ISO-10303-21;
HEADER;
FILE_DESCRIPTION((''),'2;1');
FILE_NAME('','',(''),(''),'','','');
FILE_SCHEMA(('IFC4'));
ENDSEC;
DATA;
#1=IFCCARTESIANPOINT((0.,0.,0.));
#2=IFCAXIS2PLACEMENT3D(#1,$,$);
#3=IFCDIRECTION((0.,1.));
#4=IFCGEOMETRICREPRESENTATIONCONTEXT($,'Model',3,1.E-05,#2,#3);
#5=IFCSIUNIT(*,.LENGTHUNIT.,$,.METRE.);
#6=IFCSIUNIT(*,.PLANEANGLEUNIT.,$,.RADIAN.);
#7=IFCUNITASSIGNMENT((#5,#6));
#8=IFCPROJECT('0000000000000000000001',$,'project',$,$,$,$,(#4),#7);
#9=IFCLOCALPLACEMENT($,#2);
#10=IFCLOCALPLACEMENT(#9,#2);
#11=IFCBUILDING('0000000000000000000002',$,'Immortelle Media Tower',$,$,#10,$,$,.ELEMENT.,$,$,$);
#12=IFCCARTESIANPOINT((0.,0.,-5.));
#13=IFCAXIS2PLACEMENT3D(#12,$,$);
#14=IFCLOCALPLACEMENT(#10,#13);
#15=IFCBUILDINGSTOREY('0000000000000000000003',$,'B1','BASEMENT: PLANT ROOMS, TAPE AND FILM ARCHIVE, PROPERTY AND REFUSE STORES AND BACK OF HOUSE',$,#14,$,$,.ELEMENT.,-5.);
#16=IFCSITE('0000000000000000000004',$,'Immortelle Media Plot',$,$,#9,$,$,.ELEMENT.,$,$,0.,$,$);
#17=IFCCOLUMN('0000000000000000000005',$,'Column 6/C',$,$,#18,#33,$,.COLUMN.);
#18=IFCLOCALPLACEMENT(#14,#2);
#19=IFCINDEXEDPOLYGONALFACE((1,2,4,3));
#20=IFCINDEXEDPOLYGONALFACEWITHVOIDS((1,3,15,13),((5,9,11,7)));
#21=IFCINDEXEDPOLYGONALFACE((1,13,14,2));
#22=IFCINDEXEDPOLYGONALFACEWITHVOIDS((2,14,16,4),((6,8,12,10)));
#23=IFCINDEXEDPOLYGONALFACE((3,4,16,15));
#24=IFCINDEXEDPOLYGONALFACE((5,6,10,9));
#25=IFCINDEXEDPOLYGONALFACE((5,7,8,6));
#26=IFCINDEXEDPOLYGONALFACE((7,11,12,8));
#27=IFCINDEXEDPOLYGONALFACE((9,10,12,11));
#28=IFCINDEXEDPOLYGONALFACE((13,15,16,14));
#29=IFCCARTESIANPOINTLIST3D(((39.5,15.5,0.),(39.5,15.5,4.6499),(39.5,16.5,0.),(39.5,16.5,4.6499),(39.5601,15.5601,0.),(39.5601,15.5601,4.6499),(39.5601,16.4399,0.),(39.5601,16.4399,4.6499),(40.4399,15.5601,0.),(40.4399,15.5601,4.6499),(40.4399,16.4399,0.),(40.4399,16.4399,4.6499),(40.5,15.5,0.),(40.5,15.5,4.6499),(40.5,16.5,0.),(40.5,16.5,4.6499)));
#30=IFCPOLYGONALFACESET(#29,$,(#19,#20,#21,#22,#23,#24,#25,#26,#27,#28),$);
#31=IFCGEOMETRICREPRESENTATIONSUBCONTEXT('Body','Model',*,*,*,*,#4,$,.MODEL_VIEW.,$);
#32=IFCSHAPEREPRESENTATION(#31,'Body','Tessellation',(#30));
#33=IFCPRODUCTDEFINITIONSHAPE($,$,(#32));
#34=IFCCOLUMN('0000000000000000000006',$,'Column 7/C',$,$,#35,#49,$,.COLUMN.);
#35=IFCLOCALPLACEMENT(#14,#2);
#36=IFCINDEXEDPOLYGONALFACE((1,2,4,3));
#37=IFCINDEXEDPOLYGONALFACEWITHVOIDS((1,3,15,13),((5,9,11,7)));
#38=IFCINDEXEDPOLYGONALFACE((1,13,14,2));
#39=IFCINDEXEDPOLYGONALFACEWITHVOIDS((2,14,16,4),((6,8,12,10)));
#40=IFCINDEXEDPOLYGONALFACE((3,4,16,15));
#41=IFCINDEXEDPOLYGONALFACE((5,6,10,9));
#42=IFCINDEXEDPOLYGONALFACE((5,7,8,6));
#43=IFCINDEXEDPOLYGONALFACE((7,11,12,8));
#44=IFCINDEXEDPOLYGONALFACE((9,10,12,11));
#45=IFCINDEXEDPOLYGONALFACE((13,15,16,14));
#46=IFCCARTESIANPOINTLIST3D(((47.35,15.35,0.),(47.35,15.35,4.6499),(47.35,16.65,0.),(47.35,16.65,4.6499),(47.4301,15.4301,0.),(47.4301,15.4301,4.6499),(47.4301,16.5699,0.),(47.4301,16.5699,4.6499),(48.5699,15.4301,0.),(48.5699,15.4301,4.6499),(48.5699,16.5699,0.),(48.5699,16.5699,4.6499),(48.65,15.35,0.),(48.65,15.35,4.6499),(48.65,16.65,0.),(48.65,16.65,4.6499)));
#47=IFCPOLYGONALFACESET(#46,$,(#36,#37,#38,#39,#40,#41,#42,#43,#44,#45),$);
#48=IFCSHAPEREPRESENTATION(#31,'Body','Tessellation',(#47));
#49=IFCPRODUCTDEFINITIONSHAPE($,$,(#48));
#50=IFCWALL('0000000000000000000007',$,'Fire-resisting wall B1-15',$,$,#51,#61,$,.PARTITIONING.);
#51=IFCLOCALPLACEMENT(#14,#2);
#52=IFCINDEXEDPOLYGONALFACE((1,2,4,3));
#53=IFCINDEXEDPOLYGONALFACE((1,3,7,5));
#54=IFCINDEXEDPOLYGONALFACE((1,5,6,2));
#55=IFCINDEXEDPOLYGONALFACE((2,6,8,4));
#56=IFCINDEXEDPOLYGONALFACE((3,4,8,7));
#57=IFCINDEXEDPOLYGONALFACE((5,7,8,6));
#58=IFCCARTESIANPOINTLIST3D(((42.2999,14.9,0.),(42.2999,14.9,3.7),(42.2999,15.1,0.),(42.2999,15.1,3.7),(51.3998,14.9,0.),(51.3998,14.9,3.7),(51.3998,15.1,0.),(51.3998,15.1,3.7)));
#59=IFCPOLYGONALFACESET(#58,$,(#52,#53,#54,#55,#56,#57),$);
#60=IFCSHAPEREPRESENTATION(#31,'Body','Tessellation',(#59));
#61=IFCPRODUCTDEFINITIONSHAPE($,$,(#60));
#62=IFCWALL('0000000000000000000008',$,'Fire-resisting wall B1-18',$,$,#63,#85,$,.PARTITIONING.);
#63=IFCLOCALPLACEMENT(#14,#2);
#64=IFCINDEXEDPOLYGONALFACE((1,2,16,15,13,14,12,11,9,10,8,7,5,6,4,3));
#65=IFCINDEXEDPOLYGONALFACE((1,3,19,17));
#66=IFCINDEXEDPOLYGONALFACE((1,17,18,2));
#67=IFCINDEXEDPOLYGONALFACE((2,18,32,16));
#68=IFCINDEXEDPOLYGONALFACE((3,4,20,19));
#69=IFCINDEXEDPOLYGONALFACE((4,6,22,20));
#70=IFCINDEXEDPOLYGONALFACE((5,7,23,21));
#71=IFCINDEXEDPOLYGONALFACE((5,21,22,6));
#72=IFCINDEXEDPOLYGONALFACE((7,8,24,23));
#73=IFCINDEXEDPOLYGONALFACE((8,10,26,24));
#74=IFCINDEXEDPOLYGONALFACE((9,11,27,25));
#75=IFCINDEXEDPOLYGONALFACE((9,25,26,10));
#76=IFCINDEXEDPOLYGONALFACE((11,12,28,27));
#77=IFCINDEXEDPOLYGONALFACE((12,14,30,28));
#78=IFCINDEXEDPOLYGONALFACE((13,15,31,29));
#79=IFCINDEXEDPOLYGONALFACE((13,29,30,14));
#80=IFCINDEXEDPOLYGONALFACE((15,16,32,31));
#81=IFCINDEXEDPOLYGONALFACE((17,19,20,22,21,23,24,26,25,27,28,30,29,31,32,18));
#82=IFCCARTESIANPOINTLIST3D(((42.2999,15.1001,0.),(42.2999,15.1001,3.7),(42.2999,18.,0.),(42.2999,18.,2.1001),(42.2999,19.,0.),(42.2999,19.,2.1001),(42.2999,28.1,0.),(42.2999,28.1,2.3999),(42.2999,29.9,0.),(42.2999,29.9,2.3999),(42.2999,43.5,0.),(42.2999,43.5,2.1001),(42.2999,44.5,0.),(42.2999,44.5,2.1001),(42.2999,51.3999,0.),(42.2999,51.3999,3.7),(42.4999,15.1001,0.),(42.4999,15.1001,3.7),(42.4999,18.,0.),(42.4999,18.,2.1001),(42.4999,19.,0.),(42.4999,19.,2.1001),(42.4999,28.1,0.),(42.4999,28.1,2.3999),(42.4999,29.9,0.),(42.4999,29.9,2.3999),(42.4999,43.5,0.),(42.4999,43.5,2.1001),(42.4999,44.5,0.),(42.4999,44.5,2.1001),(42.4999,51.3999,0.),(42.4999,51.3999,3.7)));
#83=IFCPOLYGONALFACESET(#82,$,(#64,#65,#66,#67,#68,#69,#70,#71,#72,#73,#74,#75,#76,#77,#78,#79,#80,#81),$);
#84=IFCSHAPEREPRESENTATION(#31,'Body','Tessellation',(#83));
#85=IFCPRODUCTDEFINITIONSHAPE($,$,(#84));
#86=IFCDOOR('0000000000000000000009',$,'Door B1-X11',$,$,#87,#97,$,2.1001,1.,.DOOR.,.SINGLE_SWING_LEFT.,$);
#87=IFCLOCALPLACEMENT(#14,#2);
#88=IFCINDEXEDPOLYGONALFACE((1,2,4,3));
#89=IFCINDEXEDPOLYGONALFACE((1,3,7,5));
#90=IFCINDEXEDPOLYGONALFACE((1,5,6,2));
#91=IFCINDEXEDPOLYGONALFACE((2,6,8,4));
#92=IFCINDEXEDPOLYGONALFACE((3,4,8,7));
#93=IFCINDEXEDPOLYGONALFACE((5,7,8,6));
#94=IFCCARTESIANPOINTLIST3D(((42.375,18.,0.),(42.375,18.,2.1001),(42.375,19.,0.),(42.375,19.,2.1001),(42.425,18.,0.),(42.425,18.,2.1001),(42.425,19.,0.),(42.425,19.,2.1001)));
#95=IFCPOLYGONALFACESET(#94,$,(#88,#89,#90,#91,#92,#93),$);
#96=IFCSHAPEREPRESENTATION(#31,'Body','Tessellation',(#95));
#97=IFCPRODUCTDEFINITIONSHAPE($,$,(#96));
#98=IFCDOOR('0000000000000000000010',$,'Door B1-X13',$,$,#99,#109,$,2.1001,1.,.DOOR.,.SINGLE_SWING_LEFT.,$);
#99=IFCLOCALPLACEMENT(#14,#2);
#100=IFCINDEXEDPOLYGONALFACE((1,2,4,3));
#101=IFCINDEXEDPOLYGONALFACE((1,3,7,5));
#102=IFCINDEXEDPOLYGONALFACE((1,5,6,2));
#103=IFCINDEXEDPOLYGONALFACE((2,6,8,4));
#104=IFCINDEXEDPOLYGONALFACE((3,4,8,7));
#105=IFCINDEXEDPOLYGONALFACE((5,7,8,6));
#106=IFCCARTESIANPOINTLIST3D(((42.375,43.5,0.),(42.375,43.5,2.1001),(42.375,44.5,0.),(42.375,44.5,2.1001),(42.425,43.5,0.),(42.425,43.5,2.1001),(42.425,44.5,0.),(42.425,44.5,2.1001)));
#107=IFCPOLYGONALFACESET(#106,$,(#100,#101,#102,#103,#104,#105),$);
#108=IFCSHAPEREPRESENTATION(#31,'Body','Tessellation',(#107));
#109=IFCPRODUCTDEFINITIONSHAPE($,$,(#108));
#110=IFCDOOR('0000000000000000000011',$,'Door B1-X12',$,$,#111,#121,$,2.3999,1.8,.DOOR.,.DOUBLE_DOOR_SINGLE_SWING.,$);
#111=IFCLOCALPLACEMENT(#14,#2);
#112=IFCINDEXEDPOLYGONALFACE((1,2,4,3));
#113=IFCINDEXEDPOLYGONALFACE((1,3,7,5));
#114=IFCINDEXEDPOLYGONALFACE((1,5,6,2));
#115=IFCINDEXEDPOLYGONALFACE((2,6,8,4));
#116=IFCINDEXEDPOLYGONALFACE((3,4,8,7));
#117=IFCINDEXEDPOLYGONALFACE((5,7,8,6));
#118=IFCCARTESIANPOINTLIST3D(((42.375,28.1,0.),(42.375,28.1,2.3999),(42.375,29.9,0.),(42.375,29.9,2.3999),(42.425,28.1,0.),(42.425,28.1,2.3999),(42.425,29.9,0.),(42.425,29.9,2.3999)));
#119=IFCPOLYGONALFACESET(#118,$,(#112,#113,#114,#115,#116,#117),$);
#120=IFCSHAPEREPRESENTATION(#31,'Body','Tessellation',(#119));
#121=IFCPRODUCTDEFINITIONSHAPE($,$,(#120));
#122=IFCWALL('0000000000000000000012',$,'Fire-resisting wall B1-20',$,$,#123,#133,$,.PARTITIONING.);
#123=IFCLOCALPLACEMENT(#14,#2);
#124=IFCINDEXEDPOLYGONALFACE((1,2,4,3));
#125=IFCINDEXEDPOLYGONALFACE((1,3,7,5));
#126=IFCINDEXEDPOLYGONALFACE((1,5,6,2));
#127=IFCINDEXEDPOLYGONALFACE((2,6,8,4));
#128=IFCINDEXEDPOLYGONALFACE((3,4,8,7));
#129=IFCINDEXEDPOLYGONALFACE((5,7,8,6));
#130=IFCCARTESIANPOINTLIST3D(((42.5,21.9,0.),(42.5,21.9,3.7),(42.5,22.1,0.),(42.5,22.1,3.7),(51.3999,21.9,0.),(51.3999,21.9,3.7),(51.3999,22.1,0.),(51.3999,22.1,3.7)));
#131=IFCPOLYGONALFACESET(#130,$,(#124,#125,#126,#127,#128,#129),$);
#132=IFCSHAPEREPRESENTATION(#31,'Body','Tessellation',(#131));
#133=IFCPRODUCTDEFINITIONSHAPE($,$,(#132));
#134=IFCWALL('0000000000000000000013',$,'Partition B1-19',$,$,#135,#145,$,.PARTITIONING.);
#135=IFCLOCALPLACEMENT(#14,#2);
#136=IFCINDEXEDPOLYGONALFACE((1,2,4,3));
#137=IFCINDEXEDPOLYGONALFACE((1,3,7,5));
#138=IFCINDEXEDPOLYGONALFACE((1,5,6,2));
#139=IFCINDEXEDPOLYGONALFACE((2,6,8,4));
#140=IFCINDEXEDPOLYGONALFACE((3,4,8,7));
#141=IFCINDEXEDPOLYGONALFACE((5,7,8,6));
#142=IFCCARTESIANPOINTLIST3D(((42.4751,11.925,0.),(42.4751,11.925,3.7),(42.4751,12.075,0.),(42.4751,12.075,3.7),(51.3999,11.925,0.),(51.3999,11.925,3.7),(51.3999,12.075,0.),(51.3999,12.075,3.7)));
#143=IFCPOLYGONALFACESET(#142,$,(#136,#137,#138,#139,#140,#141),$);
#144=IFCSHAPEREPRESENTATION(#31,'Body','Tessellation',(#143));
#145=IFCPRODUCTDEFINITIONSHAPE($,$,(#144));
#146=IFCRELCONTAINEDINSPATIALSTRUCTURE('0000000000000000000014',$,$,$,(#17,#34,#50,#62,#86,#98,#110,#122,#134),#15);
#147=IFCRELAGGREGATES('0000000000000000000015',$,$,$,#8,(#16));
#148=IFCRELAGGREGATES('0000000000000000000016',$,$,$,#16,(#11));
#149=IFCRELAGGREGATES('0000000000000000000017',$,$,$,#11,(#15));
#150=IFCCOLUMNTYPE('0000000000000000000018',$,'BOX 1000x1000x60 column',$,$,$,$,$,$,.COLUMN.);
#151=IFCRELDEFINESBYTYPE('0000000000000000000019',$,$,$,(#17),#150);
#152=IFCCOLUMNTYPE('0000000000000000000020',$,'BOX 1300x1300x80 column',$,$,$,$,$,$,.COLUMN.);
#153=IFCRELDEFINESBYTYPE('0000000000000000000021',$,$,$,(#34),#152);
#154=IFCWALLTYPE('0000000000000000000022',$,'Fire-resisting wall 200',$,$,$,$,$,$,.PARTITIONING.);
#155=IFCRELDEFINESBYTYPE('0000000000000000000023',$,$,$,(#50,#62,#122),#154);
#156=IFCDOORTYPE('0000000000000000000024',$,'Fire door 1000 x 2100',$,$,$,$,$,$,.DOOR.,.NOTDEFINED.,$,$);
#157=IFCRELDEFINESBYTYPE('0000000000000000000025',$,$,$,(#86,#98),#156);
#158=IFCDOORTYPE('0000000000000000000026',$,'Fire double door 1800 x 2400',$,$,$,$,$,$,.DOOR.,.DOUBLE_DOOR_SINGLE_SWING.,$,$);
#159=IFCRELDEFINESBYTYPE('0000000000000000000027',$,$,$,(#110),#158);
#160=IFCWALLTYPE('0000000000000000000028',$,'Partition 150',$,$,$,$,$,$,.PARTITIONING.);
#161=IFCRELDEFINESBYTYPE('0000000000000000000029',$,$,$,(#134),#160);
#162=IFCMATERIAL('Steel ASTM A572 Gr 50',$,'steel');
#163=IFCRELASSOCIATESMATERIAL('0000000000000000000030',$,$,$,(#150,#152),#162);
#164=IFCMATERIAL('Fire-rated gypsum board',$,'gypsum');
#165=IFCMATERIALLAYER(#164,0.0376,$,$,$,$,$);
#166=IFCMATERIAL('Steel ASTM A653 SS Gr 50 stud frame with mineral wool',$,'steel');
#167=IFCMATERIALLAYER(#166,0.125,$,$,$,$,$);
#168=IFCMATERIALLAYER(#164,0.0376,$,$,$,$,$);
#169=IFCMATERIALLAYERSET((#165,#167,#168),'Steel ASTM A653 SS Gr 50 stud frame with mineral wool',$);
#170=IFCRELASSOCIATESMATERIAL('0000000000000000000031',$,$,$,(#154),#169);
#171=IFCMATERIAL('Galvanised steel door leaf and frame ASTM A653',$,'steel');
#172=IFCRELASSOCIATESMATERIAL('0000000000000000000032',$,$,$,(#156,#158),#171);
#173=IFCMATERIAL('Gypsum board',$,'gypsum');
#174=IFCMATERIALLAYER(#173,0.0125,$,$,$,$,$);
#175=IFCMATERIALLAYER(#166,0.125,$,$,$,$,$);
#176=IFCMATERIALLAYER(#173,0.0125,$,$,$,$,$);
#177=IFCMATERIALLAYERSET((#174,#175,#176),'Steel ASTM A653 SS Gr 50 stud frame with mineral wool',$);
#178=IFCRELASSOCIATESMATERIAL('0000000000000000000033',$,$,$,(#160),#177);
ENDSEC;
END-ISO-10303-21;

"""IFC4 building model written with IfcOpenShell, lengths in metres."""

from ifc_helpers import new_model, si_unit, direction, frame, frame_2d, origin, origin_2d, place, context, subcontext, project, spatial, rectangle, hollow_rectangle, extrude, material, layer, layer_set, material_profile, profile_set, type_object, element, fill, save


model = new_model("IFC4")

# Units and contexts
model_context = context("Model", 3, precision=1e-05, world=origin(), true_north=direction((0.0, 1.0)))
body_context = subcontext(model_context, "Body", "Model", "MODEL_VIEW")
ifc_project = project(units=[si_unit("LENGTHUNIT", "METRE"), si_unit("PLANEANGLEUNIT", "RADIAN")], contexts=[model_context])

# Site, building, storey
site_placement = place(None, origin())
site = spatial("IfcSite", under=ifc_project, at=site_placement, Name="Immortelle Media Plot", CompositionType="ELEMENT", RefElevation=0.0)
building_placement = place(site_placement, origin())
building = spatial("IfcBuilding", under=site, at=building_placement, Name="Immortelle Media Tower", CompositionType="ELEMENT")
storey_placement = place(building_placement, frame((0.0, 0.0, -5.0)))
storey = spatial("IfcBuildingStorey", under=building, at=storey_placement, Name="B1", Description="BASEMENT: PLANT ROOMS, TAPE AND FILM ARCHIVE, PROPERTY AND REFUSE STORES AND BACK OF HOUSE", CompositionType="ELEMENT", Elevation=-5.0)

# Columns
ifc_material_1 = material(Name="Steel ASTM A572 Gr 50", Category="steel")
ifc_material_profile_1 = material_profile(ifc_material_1, hollow_rectangle(XDim=1.0, YDim=1.0, WallThickness=0.0601, at=origin_2d()), Name="BOX 1000x1000x60 column")
ifc_profile_set_1 = profile_set([ifc_material_profile_1], Name="Steel ASTM A572 Gr 50")
column_type_1 = type_object("IfcColumnType", Name="BOX 1000x1000x60 column", PredefinedType="COLUMN", material=ifc_profile_set_1)
column_1_placement = place(storey_placement, frame((40.0, 16.0, 0.0), z_axis=(0.0, 0.0, 1.0), x_axis=(1.0, 0.0, 0.0)))
element("IfcColumn", 1, at=column_1_placement, inside=storey, type_object=column_type_1, Name="Column 6/C", PredefinedType="COLUMN", context=body_context, shape_type="SweptSolid", body=[
    extrude(hollow_rectangle(XDim=1.0, YDim=1.0, WallThickness=0.0601, at=origin_2d()), origin(), (0.0, 0.0, 1.0), 4.6499),
])
ifc_material_profile_2 = material_profile(ifc_material_1, hollow_rectangle(XDim=1.3, YDim=1.3, WallThickness=0.0801, at=origin_2d()), Name="BOX 1300x1300x80 column")
ifc_profile_set_2 = profile_set([ifc_material_profile_2], Name="Steel ASTM A572 Gr 50")
column_type_2 = type_object("IfcColumnType", Name="BOX 1300x1300x80 column", PredefinedType="COLUMN", material=ifc_profile_set_2)
column_2_placement = place(storey_placement, frame((48.0, 16.0, 0.0), z_axis=(0.0, 0.0, 1.0), x_axis=(1.0, 0.0, 0.0)))
element("IfcColumn", 2, at=column_2_placement, inside=storey, type_object=column_type_2, Name="Column 7/C", PredefinedType="COLUMN", context=body_context, shape_type="SweptSolid", body=[
    extrude(hollow_rectangle(XDim=1.3, YDim=1.3, WallThickness=0.0801, at=origin_2d()), origin(), (0.0, 0.0, 1.0), 4.6499),
])

# Wall
ifc_material_2 = material(Name="Fire-rated gypsum board", Category="gypsum")
ifc_layer_1 = layer(ifc_material_2, 0.0376)
ifc_material_3 = material(Name="Steel ASTM A653 SS Gr 50 stud frame with mineral wool", Category="steel")
ifc_layer_2 = layer(ifc_material_3, 0.125)
ifc_layer_3 = layer(ifc_material_2, 0.0376)
ifc_layer_set_1 = layer_set([ifc_layer_1, ifc_layer_2, ifc_layer_3], Name="Steel ASTM A653 SS Gr 50 stud frame with mineral wool")
wall_type_1 = type_object("IfcWallType", Name="Fire-resisting wall 200", PredefinedType="PARTITIONING", material=ifc_layer_set_1)
wall_1_placement = place(storey_placement, frame((42.3, 15.0, 0.0), z_axis=(0.0, 0.0, 1.0), x_axis=(1.0, 0.0, 0.0)))
element("IfcWall", 3, at=wall_1_placement, inside=storey, type_object=wall_type_1, Name="Fire-resisting wall B1-15", PredefinedType="PARTITIONING", context=body_context, shape_type="SweptSolid", body=[
    extrude(rectangle(XDim=9.0999, YDim=0.2, at=frame_2d((4.5498, 0.0))), origin(), (0.0, 0.0, 1.0), 3.7),
])

# Wall, openings, doors
wall_2_placement = place(storey_placement, frame((42.3999, 15.1001, 0.0), z_axis=(0.0, 0.0, 1.0), x_axis=(0.0, 1.0, 0.0)))
wall_2 = element("IfcWall", 4, at=wall_2_placement, inside=storey, type_object=wall_type_1, Name="Fire-resisting wall B1-18", PredefinedType="PARTITIONING", context=body_context, shape_type="SweptSolid", body=[
    extrude(rectangle(XDim=36.2998, YDim=0.2, at=frame_2d((18.1499, 0.0))), origin(), (0.0, 0.0, 1.0), 3.7),
])
opening_1_placement = place(wall_2_placement, frame((2.8999, 0.0, 0.0)))
opening_1 = element("IfcOpeningElement", 5, at=opening_1_placement, cuts=wall_2, PredefinedType="OPENING", context=body_context, shape_type="SweptSolid", body=[
    extrude(rectangle(XDim=1.0, YDim=2.1001, at=frame_2d((0.5, 1.05))), frame((0.0, 0.1099, 0.0), z_axis=(0.0, -1.0, 0.0), x_axis=(1.0, 0.0, 0.0)), (0.0, 0.0, 1.0), 0.22),
])
opening_2_placement = place(wall_2_placement, frame((13.0, 0.0, 0.0)))
opening_2 = element("IfcOpeningElement", 6, at=opening_2_placement, cuts=wall_2, PredefinedType="OPENING", context=body_context, shape_type="SweptSolid", body=[
    extrude(rectangle(XDim=1.8, YDim=2.3999, at=frame_2d((0.8999, 1.2))), frame((0.0, 0.1099, 0.0), z_axis=(0.0, -1.0, 0.0), x_axis=(1.0, 0.0, 0.0)), (0.0, 0.0, 1.0), 0.22),
])
opening_3_placement = place(wall_2_placement, frame((28.3999, 0.0, 0.0)))
opening_3 = element("IfcOpeningElement", 7, at=opening_3_placement, cuts=wall_2, PredefinedType="OPENING", context=body_context, shape_type="SweptSolid", body=[
    extrude(rectangle(XDim=1.0, YDim=2.1001, at=frame_2d((0.5, 1.05))), frame((0.0, 0.1099, 0.0), z_axis=(0.0, -1.0, 0.0), x_axis=(1.0, 0.0, 0.0)), (0.0, 0.0, 1.0), 0.22),
])
ifc_material_4 = material(Name="Galvanised steel door leaf and frame ASTM A653", Category="steel")
door_type_1 = type_object("IfcDoorType", Name="Fire door 1000 x 2100", OperationType="NOTDEFINED", PredefinedType="DOOR", material=ifc_material_4)
door_1_placement = place(opening_1_placement, origin())
door_1 = element("IfcDoor", 8, at=door_1_placement, inside=storey, type_object=door_type_1, Name="Door B1-X11", OperationType="SINGLE_SWING_LEFT", OverallHeight=2.1001, OverallWidth=1.0, PredefinedType="DOOR", context=body_context, shape_type="SweptSolid", body=[
    extrude(rectangle(XDim=1.0, YDim=2.1001, at=frame_2d((0.5, 1.05))), frame((0.0, 0.0249, 0.0), z_axis=(0.0, -1.0, 0.0), x_axis=(1.0, 0.0, 0.0)), (0.0, 0.0, 1.0), 0.05),
])
fill(opening_1, door_1)
door_2_placement = place(opening_3_placement, origin())
door_2 = element("IfcDoor", 9, at=door_2_placement, inside=storey, type_object=door_type_1, Name="Door B1-X13", OperationType="SINGLE_SWING_LEFT", OverallHeight=2.1001, OverallWidth=1.0, PredefinedType="DOOR", context=body_context, shape_type="SweptSolid", body=[
    extrude(rectangle(XDim=1.0, YDim=2.1001, at=frame_2d((0.5, 1.05))), frame((0.0, 0.0249, 0.0), z_axis=(0.0, -1.0, 0.0), x_axis=(1.0, 0.0, 0.0)), (0.0, 0.0, 1.0), 0.05),
])
fill(opening_3, door_2)
door_type_2 = type_object("IfcDoorType", Name="Fire double door 1800 x 2400", OperationType="DOUBLE_DOOR_SINGLE_SWING", PredefinedType="DOOR", material=ifc_material_4)
door_3_placement = place(opening_2_placement, origin())
door_3 = element("IfcDoor", 10, at=door_3_placement, inside=storey, type_object=door_type_2, Name="Door B1-X12", OperationType="DOUBLE_DOOR_SINGLE_SWING", OverallHeight=2.3999, OverallWidth=1.8, PredefinedType="DOOR", context=body_context, shape_type="SweptSolid", body=[
    extrude(rectangle(XDim=1.8, YDim=2.3999, at=frame_2d((0.8999, 1.2))), frame((0.0, 0.0249, 0.0), z_axis=(0.0, -1.0, 0.0), x_axis=(1.0, 0.0, 0.0)), (0.0, 0.0, 1.0), 0.05),
])
fill(opening_2, door_3)

# Walls
wall_3_placement = place(storey_placement, frame((42.5, 22.0, 0.0), z_axis=(0.0, 0.0, 1.0), x_axis=(1.0, 0.0, 0.0)))
element("IfcWall", 11, at=wall_3_placement, inside=storey, type_object=wall_type_1, Name="Fire-resisting wall B1-20", PredefinedType="PARTITIONING", context=body_context, shape_type="SweptSolid", body=[
    extrude(rectangle(XDim=8.8999, YDim=0.2, at=frame_2d((4.45, 0.0))), origin(), (0.0, 0.0, 1.0), 3.7),
])
ifc_material_5 = material(Name="Gypsum board", Category="gypsum")
ifc_layer_4 = layer(ifc_material_5, 0.0125)
ifc_layer_5 = layer(ifc_material_3, 0.125)
ifc_layer_6 = layer(ifc_material_5, 0.0125)
ifc_layer_set_2 = layer_set([ifc_layer_4, ifc_layer_5, ifc_layer_6], Name="Steel ASTM A653 SS Gr 50 stud frame with mineral wool")
wall_type_2 = type_object("IfcWallType", Name="Partition 150", PredefinedType="PARTITIONING", material=ifc_layer_set_2)
wall_4_placement = place(storey_placement, frame((42.4751, 12.0, 0.0), z_axis=(0.0, 0.0, 1.0), x_axis=(1.0, 0.0, 0.0)))
element("IfcWall", 12, at=wall_4_placement, inside=storey, type_object=wall_type_2, Name="Partition B1-19", PredefinedType="PARTITIONING", context=body_context, shape_type="SweptSolid", body=[
    extrude(rectangle(XDim=8.9248, YDim=0.1499, at=frame_2d((4.4624, 0.0))), origin(), (0.0, 0.0, 1.0), 3.7),
])

save(model, "model.ifc")
